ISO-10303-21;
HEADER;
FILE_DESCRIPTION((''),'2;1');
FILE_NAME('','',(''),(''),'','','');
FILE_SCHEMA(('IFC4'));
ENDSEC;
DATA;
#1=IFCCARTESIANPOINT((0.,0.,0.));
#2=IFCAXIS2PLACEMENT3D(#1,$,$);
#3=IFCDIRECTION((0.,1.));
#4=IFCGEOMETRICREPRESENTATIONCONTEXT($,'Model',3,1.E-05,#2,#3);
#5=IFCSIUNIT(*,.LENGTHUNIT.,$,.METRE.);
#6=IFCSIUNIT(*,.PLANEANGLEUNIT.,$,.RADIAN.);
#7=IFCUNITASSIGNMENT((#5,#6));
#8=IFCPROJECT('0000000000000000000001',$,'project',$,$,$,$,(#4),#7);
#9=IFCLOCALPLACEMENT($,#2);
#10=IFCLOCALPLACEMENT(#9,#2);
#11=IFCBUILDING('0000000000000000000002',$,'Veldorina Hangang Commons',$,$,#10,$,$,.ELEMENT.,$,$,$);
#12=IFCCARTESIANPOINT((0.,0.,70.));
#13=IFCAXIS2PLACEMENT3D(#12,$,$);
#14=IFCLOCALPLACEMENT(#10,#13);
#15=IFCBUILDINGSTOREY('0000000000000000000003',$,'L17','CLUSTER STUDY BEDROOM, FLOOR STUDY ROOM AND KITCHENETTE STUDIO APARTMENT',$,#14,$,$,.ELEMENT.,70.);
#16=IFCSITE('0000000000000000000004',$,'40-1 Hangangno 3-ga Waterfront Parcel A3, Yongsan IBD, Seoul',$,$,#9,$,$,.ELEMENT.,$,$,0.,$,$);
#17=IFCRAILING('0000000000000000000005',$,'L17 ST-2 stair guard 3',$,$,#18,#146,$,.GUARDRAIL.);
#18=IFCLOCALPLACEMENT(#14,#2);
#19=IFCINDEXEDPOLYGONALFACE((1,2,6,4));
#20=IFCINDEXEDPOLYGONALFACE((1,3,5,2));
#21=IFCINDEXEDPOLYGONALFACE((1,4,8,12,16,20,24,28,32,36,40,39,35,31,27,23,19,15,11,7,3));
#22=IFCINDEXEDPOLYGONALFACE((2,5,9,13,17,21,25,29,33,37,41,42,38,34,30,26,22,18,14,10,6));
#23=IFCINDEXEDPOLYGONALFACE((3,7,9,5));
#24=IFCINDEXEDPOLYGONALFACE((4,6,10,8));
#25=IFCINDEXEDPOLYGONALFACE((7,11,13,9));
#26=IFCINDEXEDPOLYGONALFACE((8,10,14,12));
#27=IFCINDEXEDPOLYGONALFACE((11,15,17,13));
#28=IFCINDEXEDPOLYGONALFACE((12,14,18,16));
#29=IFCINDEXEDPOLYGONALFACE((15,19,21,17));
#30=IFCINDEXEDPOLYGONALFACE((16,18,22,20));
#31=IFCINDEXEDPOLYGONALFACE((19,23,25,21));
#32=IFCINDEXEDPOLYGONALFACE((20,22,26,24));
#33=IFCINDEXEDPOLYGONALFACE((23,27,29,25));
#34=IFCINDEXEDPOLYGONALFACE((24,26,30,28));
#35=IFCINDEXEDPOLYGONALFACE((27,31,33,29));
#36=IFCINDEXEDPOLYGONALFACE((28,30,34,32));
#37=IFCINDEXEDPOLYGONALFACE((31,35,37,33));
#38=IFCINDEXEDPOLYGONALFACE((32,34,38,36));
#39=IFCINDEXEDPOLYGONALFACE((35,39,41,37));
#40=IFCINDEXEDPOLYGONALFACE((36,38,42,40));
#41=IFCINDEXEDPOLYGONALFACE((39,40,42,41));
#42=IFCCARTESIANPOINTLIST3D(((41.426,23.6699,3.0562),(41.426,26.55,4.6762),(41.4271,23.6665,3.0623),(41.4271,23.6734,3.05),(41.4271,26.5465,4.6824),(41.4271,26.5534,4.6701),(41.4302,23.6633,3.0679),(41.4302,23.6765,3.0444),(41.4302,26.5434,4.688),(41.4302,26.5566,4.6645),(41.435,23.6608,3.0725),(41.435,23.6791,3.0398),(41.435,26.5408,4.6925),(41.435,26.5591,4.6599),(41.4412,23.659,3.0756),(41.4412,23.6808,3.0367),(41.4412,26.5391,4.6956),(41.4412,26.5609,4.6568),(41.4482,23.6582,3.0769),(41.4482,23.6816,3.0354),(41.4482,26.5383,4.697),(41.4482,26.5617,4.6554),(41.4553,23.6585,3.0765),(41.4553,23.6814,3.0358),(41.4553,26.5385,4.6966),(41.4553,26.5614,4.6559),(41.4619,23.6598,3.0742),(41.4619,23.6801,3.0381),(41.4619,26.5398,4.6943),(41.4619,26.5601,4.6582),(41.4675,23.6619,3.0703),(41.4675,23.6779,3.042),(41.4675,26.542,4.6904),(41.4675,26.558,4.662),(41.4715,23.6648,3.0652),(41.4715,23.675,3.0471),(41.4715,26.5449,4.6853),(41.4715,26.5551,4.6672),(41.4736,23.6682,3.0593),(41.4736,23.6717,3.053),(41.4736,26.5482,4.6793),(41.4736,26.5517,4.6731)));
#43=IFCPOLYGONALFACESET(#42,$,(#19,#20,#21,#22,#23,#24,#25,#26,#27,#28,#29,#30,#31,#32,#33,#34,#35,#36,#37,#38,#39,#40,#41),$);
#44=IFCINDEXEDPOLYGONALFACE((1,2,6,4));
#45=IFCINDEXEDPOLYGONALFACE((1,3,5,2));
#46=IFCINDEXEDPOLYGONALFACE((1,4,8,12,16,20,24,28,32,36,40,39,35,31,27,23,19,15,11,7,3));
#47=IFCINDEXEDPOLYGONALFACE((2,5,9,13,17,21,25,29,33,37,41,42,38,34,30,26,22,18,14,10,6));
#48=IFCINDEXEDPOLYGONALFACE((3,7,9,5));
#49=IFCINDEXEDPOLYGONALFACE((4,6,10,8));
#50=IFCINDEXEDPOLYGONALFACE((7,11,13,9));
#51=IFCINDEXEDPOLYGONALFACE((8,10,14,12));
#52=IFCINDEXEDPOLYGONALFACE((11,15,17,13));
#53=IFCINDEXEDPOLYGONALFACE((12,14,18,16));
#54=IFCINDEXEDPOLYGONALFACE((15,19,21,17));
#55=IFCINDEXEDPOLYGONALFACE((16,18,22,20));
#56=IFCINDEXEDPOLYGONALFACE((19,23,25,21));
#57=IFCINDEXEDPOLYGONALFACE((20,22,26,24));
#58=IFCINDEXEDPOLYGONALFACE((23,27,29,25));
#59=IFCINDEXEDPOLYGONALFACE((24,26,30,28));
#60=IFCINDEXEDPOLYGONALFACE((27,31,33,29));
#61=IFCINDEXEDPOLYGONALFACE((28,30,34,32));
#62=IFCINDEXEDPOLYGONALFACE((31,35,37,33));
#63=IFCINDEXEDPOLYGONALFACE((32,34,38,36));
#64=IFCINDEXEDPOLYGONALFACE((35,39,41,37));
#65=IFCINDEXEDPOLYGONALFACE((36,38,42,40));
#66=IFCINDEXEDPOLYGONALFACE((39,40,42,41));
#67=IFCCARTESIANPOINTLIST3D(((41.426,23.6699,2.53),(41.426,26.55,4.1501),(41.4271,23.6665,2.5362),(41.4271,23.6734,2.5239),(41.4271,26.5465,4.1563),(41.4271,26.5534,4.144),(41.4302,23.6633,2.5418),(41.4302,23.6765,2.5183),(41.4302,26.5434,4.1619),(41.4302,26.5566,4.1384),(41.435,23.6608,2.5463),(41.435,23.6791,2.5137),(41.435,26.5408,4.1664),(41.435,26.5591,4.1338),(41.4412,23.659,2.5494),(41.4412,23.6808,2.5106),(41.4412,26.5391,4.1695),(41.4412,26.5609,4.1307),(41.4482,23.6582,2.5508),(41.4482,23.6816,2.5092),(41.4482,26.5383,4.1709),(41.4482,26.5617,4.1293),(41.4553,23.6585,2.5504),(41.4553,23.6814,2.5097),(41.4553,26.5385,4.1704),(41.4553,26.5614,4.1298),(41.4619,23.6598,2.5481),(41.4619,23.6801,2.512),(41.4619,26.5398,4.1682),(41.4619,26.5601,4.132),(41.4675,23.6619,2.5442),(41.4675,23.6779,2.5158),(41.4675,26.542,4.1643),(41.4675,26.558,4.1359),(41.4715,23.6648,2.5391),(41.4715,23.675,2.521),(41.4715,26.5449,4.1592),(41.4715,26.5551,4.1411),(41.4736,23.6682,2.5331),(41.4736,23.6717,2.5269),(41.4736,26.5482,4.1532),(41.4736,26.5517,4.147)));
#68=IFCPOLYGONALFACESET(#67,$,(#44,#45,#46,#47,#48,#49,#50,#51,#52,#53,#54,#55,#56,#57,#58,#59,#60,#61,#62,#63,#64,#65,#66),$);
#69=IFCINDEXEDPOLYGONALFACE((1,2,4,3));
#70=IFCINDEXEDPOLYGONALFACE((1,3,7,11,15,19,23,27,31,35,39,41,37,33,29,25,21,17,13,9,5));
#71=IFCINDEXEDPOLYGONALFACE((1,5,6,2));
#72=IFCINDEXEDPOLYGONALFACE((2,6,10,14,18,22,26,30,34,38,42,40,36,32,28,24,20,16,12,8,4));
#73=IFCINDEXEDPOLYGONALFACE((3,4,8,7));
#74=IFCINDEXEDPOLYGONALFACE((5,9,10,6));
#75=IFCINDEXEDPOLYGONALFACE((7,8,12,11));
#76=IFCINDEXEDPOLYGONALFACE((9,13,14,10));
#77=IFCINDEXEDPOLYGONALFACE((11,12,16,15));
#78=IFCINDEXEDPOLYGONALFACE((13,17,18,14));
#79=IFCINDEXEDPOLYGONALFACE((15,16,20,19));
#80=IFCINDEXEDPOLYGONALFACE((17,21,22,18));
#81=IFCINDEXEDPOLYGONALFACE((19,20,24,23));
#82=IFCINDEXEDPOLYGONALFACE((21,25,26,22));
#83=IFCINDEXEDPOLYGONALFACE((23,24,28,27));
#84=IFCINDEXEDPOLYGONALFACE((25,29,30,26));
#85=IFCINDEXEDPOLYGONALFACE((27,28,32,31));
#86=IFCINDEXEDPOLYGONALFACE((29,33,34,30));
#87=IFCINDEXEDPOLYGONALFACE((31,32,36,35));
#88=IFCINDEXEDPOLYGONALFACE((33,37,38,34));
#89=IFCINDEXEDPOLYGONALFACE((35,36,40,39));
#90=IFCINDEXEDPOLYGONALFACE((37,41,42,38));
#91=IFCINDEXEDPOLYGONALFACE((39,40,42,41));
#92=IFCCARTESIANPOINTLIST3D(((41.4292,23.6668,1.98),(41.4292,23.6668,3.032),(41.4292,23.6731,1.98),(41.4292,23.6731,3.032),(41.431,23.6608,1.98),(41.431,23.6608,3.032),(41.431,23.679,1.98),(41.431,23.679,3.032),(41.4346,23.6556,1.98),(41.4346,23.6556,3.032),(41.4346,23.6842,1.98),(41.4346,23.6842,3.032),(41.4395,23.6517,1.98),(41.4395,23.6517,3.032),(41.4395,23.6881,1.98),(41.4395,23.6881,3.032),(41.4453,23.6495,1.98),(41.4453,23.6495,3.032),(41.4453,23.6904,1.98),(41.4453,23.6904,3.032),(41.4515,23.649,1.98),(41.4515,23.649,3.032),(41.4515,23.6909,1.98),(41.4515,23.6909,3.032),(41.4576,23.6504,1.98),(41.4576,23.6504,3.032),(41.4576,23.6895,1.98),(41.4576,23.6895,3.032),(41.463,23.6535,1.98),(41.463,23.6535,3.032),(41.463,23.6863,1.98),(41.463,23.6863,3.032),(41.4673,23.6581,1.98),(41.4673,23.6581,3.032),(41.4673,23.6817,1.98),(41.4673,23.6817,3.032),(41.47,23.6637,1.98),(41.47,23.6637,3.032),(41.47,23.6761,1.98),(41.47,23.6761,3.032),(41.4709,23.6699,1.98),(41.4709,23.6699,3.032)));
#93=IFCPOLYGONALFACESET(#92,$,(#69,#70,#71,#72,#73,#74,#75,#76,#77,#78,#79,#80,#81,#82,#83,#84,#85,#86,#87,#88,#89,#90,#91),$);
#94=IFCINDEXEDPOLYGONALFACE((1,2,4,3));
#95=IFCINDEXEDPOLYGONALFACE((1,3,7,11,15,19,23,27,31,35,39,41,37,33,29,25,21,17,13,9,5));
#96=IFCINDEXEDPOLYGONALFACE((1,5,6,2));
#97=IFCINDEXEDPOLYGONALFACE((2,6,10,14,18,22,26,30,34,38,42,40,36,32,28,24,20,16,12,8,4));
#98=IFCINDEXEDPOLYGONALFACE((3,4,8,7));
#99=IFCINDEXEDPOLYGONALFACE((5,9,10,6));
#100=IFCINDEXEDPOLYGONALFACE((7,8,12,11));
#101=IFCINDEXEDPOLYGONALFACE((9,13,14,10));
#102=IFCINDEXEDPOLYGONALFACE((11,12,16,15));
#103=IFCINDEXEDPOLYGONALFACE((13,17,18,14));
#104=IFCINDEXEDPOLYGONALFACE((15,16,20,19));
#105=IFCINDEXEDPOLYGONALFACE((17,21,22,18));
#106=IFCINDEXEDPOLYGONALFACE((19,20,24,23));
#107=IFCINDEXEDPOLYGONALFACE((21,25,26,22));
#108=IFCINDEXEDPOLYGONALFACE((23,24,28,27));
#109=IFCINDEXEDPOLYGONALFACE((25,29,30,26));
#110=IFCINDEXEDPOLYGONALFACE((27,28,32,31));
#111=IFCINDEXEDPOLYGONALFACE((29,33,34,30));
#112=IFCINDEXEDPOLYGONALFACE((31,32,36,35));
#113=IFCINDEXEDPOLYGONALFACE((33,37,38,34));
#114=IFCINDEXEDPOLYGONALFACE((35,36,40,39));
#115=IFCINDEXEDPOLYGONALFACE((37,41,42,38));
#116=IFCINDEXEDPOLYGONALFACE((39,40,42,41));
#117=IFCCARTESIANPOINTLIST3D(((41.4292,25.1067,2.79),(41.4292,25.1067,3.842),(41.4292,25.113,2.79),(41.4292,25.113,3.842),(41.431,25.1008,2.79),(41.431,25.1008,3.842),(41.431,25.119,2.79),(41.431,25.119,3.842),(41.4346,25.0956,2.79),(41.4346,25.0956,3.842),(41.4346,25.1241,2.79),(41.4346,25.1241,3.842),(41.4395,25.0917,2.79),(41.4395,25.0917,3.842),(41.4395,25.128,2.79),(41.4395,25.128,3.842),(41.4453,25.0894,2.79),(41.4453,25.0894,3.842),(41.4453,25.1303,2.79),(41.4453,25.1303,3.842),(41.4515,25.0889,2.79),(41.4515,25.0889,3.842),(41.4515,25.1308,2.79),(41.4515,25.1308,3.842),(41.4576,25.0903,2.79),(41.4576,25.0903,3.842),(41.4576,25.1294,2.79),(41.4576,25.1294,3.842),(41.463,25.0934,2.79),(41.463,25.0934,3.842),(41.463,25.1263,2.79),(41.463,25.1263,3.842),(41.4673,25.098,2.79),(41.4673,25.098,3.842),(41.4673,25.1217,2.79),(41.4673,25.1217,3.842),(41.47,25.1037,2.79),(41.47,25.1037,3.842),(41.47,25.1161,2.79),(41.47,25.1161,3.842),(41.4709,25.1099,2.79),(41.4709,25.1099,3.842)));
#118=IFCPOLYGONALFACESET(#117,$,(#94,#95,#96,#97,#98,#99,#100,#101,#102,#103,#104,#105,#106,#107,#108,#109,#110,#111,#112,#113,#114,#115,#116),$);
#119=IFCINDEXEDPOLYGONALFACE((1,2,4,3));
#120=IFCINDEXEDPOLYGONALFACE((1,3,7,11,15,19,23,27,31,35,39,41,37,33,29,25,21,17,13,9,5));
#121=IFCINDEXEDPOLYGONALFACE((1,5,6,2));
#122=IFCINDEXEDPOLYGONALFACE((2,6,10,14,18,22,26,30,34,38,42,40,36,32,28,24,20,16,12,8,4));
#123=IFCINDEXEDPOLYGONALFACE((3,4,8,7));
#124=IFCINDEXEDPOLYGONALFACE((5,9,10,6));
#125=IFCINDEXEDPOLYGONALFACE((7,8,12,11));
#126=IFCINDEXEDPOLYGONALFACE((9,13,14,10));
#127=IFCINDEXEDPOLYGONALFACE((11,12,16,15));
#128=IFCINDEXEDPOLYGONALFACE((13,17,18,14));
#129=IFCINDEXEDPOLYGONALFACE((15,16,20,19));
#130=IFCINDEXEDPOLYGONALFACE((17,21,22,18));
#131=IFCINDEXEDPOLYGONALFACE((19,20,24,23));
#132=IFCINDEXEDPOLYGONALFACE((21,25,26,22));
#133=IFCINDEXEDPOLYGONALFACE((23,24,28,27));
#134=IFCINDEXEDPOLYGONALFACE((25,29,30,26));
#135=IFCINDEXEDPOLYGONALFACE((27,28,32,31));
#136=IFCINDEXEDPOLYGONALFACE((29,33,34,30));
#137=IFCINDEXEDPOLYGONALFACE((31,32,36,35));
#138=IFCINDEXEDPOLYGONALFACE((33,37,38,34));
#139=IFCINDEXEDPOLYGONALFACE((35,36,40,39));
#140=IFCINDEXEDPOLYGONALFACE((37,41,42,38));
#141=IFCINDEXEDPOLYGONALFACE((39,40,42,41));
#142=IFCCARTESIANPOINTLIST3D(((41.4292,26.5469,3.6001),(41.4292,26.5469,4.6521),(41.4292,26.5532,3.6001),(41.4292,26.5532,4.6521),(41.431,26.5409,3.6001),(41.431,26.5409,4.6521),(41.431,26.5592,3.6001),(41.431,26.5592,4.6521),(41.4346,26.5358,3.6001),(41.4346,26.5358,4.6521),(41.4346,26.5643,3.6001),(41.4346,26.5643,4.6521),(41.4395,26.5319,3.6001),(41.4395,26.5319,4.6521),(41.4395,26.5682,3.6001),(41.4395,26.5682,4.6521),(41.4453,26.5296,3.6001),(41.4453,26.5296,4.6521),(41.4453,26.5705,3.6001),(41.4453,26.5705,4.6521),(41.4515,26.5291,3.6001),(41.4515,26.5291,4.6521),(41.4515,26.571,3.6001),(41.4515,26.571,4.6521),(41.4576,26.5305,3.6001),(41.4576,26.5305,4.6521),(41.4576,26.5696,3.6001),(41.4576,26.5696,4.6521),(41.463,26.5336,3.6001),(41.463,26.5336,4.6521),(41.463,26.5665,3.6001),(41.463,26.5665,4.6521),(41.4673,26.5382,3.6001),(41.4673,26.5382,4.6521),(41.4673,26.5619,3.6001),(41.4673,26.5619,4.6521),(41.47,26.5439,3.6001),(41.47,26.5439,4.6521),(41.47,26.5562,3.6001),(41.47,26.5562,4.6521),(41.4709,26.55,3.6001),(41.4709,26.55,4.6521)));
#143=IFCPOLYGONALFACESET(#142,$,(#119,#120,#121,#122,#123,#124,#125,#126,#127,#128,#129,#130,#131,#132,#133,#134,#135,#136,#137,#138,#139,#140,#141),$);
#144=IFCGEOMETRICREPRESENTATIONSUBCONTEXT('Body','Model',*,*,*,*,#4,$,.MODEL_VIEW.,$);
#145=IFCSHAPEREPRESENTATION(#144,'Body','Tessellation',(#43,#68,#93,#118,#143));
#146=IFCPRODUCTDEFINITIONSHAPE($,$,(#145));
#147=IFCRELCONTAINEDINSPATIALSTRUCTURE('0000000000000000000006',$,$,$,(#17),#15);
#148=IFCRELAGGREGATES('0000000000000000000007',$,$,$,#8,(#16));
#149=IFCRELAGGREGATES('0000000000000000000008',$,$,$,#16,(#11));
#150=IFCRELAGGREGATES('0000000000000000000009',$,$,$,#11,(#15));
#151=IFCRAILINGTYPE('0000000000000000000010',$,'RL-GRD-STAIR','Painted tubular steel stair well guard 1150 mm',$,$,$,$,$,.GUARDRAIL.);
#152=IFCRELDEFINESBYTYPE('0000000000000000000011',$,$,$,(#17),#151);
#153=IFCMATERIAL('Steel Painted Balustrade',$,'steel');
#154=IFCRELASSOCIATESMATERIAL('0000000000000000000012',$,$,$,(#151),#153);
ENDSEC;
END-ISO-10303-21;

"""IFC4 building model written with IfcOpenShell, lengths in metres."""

from ifc_helpers import new_model, si_unit, direction, frame, origin, origin_2d, place, context, subcontext, project, spatial, circle, extrude, material, type_object, element, save


model = new_model("IFC4")

# Units and contexts
model_context = context("Model", 3, precision=1e-05, world=origin(), true_north=direction((0.0, 1.0)))
body_context = subcontext(model_context, "Body", "Model", "MODEL_VIEW")
ifc_project = project(units=[si_unit("LENGTHUNIT", "METRE"), si_unit("PLANEANGLEUNIT", "RADIAN")], contexts=[model_context])

# Site, building, storey
site_placement = place(None, origin())
site = spatial("IfcSite", under=ifc_project, at=site_placement, Name="40-1 Hangangno 3-ga Waterfront Parcel A3, Yongsan IBD, Seoul", CompositionType="ELEMENT", RefElevation=0.0)
building_placement = place(site_placement, origin())
building = spatial("IfcBuilding", under=site, at=building_placement, Name="Veldorina Hangang Commons", CompositionType="ELEMENT")
storey_placement = place(building_placement, frame((0.0, 0.0, 70.0)))
storey = spatial("IfcBuildingStorey", under=building, at=storey_placement, Name="L17", Description="CLUSTER STUDY BEDROOM, FLOOR STUDY ROOM AND KITCHENETTE STUDIO APARTMENT", CompositionType="ELEMENT", Elevation=70.0)

# Railing
ifc_material_1 = material(Name="Steel Painted Balustrade", Category="steel")
railing_type_1 = type_object("IfcRailingType", Name="RL-GRD-STAIR", Description="Painted tubular steel stair well guard 1150 mm", PredefinedType="GUARDRAIL", material=ifc_material_1)
railing_1_placement = place(storey_placement, frame((41.45, 23.6699, 1.98)))
element("IfcRailing", 1, at=railing_1_placement, inside=storey, type_object=railing_type_1, Name="L17 ST-2 stair guard 3", PredefinedType="GUARDRAIL", context=body_context, shape_type="SweptSolid", body=[
    extrude(circle(Radius=0.0239, at=origin_2d()), frame((0.0, 0.0, 1.0762), z_axis=(0.0, 0.87157, 0.490272), x_axis=(-1.0, 0.0, 0.0)), (0.0, 0.0, 1.0), 3.3044),
    extrude(circle(Radius=0.0239, at=origin_2d()), frame((0.0, 0.0, 0.55), z_axis=(0.0, 0.87157, 0.490272), x_axis=(-1.0, 0.0, 0.0)), (0.0, 0.0, 1.0), 3.3044),
    extrude(circle(Radius=0.021, at=origin_2d()), origin(), (0.0, 0.0, 1.0), 1.052),
    extrude(circle(Radius=0.021, at=origin_2d()), frame((0.0, 1.4399, 0.8101)), (0.0, 0.0, 1.0), 1.052),
    extrude(circle(Radius=0.021, at=origin_2d()), frame((0.0, 2.8801, 1.6201)), (0.0, 0.0, 1.0), 1.052),
])

save(model, "model.ifc")
